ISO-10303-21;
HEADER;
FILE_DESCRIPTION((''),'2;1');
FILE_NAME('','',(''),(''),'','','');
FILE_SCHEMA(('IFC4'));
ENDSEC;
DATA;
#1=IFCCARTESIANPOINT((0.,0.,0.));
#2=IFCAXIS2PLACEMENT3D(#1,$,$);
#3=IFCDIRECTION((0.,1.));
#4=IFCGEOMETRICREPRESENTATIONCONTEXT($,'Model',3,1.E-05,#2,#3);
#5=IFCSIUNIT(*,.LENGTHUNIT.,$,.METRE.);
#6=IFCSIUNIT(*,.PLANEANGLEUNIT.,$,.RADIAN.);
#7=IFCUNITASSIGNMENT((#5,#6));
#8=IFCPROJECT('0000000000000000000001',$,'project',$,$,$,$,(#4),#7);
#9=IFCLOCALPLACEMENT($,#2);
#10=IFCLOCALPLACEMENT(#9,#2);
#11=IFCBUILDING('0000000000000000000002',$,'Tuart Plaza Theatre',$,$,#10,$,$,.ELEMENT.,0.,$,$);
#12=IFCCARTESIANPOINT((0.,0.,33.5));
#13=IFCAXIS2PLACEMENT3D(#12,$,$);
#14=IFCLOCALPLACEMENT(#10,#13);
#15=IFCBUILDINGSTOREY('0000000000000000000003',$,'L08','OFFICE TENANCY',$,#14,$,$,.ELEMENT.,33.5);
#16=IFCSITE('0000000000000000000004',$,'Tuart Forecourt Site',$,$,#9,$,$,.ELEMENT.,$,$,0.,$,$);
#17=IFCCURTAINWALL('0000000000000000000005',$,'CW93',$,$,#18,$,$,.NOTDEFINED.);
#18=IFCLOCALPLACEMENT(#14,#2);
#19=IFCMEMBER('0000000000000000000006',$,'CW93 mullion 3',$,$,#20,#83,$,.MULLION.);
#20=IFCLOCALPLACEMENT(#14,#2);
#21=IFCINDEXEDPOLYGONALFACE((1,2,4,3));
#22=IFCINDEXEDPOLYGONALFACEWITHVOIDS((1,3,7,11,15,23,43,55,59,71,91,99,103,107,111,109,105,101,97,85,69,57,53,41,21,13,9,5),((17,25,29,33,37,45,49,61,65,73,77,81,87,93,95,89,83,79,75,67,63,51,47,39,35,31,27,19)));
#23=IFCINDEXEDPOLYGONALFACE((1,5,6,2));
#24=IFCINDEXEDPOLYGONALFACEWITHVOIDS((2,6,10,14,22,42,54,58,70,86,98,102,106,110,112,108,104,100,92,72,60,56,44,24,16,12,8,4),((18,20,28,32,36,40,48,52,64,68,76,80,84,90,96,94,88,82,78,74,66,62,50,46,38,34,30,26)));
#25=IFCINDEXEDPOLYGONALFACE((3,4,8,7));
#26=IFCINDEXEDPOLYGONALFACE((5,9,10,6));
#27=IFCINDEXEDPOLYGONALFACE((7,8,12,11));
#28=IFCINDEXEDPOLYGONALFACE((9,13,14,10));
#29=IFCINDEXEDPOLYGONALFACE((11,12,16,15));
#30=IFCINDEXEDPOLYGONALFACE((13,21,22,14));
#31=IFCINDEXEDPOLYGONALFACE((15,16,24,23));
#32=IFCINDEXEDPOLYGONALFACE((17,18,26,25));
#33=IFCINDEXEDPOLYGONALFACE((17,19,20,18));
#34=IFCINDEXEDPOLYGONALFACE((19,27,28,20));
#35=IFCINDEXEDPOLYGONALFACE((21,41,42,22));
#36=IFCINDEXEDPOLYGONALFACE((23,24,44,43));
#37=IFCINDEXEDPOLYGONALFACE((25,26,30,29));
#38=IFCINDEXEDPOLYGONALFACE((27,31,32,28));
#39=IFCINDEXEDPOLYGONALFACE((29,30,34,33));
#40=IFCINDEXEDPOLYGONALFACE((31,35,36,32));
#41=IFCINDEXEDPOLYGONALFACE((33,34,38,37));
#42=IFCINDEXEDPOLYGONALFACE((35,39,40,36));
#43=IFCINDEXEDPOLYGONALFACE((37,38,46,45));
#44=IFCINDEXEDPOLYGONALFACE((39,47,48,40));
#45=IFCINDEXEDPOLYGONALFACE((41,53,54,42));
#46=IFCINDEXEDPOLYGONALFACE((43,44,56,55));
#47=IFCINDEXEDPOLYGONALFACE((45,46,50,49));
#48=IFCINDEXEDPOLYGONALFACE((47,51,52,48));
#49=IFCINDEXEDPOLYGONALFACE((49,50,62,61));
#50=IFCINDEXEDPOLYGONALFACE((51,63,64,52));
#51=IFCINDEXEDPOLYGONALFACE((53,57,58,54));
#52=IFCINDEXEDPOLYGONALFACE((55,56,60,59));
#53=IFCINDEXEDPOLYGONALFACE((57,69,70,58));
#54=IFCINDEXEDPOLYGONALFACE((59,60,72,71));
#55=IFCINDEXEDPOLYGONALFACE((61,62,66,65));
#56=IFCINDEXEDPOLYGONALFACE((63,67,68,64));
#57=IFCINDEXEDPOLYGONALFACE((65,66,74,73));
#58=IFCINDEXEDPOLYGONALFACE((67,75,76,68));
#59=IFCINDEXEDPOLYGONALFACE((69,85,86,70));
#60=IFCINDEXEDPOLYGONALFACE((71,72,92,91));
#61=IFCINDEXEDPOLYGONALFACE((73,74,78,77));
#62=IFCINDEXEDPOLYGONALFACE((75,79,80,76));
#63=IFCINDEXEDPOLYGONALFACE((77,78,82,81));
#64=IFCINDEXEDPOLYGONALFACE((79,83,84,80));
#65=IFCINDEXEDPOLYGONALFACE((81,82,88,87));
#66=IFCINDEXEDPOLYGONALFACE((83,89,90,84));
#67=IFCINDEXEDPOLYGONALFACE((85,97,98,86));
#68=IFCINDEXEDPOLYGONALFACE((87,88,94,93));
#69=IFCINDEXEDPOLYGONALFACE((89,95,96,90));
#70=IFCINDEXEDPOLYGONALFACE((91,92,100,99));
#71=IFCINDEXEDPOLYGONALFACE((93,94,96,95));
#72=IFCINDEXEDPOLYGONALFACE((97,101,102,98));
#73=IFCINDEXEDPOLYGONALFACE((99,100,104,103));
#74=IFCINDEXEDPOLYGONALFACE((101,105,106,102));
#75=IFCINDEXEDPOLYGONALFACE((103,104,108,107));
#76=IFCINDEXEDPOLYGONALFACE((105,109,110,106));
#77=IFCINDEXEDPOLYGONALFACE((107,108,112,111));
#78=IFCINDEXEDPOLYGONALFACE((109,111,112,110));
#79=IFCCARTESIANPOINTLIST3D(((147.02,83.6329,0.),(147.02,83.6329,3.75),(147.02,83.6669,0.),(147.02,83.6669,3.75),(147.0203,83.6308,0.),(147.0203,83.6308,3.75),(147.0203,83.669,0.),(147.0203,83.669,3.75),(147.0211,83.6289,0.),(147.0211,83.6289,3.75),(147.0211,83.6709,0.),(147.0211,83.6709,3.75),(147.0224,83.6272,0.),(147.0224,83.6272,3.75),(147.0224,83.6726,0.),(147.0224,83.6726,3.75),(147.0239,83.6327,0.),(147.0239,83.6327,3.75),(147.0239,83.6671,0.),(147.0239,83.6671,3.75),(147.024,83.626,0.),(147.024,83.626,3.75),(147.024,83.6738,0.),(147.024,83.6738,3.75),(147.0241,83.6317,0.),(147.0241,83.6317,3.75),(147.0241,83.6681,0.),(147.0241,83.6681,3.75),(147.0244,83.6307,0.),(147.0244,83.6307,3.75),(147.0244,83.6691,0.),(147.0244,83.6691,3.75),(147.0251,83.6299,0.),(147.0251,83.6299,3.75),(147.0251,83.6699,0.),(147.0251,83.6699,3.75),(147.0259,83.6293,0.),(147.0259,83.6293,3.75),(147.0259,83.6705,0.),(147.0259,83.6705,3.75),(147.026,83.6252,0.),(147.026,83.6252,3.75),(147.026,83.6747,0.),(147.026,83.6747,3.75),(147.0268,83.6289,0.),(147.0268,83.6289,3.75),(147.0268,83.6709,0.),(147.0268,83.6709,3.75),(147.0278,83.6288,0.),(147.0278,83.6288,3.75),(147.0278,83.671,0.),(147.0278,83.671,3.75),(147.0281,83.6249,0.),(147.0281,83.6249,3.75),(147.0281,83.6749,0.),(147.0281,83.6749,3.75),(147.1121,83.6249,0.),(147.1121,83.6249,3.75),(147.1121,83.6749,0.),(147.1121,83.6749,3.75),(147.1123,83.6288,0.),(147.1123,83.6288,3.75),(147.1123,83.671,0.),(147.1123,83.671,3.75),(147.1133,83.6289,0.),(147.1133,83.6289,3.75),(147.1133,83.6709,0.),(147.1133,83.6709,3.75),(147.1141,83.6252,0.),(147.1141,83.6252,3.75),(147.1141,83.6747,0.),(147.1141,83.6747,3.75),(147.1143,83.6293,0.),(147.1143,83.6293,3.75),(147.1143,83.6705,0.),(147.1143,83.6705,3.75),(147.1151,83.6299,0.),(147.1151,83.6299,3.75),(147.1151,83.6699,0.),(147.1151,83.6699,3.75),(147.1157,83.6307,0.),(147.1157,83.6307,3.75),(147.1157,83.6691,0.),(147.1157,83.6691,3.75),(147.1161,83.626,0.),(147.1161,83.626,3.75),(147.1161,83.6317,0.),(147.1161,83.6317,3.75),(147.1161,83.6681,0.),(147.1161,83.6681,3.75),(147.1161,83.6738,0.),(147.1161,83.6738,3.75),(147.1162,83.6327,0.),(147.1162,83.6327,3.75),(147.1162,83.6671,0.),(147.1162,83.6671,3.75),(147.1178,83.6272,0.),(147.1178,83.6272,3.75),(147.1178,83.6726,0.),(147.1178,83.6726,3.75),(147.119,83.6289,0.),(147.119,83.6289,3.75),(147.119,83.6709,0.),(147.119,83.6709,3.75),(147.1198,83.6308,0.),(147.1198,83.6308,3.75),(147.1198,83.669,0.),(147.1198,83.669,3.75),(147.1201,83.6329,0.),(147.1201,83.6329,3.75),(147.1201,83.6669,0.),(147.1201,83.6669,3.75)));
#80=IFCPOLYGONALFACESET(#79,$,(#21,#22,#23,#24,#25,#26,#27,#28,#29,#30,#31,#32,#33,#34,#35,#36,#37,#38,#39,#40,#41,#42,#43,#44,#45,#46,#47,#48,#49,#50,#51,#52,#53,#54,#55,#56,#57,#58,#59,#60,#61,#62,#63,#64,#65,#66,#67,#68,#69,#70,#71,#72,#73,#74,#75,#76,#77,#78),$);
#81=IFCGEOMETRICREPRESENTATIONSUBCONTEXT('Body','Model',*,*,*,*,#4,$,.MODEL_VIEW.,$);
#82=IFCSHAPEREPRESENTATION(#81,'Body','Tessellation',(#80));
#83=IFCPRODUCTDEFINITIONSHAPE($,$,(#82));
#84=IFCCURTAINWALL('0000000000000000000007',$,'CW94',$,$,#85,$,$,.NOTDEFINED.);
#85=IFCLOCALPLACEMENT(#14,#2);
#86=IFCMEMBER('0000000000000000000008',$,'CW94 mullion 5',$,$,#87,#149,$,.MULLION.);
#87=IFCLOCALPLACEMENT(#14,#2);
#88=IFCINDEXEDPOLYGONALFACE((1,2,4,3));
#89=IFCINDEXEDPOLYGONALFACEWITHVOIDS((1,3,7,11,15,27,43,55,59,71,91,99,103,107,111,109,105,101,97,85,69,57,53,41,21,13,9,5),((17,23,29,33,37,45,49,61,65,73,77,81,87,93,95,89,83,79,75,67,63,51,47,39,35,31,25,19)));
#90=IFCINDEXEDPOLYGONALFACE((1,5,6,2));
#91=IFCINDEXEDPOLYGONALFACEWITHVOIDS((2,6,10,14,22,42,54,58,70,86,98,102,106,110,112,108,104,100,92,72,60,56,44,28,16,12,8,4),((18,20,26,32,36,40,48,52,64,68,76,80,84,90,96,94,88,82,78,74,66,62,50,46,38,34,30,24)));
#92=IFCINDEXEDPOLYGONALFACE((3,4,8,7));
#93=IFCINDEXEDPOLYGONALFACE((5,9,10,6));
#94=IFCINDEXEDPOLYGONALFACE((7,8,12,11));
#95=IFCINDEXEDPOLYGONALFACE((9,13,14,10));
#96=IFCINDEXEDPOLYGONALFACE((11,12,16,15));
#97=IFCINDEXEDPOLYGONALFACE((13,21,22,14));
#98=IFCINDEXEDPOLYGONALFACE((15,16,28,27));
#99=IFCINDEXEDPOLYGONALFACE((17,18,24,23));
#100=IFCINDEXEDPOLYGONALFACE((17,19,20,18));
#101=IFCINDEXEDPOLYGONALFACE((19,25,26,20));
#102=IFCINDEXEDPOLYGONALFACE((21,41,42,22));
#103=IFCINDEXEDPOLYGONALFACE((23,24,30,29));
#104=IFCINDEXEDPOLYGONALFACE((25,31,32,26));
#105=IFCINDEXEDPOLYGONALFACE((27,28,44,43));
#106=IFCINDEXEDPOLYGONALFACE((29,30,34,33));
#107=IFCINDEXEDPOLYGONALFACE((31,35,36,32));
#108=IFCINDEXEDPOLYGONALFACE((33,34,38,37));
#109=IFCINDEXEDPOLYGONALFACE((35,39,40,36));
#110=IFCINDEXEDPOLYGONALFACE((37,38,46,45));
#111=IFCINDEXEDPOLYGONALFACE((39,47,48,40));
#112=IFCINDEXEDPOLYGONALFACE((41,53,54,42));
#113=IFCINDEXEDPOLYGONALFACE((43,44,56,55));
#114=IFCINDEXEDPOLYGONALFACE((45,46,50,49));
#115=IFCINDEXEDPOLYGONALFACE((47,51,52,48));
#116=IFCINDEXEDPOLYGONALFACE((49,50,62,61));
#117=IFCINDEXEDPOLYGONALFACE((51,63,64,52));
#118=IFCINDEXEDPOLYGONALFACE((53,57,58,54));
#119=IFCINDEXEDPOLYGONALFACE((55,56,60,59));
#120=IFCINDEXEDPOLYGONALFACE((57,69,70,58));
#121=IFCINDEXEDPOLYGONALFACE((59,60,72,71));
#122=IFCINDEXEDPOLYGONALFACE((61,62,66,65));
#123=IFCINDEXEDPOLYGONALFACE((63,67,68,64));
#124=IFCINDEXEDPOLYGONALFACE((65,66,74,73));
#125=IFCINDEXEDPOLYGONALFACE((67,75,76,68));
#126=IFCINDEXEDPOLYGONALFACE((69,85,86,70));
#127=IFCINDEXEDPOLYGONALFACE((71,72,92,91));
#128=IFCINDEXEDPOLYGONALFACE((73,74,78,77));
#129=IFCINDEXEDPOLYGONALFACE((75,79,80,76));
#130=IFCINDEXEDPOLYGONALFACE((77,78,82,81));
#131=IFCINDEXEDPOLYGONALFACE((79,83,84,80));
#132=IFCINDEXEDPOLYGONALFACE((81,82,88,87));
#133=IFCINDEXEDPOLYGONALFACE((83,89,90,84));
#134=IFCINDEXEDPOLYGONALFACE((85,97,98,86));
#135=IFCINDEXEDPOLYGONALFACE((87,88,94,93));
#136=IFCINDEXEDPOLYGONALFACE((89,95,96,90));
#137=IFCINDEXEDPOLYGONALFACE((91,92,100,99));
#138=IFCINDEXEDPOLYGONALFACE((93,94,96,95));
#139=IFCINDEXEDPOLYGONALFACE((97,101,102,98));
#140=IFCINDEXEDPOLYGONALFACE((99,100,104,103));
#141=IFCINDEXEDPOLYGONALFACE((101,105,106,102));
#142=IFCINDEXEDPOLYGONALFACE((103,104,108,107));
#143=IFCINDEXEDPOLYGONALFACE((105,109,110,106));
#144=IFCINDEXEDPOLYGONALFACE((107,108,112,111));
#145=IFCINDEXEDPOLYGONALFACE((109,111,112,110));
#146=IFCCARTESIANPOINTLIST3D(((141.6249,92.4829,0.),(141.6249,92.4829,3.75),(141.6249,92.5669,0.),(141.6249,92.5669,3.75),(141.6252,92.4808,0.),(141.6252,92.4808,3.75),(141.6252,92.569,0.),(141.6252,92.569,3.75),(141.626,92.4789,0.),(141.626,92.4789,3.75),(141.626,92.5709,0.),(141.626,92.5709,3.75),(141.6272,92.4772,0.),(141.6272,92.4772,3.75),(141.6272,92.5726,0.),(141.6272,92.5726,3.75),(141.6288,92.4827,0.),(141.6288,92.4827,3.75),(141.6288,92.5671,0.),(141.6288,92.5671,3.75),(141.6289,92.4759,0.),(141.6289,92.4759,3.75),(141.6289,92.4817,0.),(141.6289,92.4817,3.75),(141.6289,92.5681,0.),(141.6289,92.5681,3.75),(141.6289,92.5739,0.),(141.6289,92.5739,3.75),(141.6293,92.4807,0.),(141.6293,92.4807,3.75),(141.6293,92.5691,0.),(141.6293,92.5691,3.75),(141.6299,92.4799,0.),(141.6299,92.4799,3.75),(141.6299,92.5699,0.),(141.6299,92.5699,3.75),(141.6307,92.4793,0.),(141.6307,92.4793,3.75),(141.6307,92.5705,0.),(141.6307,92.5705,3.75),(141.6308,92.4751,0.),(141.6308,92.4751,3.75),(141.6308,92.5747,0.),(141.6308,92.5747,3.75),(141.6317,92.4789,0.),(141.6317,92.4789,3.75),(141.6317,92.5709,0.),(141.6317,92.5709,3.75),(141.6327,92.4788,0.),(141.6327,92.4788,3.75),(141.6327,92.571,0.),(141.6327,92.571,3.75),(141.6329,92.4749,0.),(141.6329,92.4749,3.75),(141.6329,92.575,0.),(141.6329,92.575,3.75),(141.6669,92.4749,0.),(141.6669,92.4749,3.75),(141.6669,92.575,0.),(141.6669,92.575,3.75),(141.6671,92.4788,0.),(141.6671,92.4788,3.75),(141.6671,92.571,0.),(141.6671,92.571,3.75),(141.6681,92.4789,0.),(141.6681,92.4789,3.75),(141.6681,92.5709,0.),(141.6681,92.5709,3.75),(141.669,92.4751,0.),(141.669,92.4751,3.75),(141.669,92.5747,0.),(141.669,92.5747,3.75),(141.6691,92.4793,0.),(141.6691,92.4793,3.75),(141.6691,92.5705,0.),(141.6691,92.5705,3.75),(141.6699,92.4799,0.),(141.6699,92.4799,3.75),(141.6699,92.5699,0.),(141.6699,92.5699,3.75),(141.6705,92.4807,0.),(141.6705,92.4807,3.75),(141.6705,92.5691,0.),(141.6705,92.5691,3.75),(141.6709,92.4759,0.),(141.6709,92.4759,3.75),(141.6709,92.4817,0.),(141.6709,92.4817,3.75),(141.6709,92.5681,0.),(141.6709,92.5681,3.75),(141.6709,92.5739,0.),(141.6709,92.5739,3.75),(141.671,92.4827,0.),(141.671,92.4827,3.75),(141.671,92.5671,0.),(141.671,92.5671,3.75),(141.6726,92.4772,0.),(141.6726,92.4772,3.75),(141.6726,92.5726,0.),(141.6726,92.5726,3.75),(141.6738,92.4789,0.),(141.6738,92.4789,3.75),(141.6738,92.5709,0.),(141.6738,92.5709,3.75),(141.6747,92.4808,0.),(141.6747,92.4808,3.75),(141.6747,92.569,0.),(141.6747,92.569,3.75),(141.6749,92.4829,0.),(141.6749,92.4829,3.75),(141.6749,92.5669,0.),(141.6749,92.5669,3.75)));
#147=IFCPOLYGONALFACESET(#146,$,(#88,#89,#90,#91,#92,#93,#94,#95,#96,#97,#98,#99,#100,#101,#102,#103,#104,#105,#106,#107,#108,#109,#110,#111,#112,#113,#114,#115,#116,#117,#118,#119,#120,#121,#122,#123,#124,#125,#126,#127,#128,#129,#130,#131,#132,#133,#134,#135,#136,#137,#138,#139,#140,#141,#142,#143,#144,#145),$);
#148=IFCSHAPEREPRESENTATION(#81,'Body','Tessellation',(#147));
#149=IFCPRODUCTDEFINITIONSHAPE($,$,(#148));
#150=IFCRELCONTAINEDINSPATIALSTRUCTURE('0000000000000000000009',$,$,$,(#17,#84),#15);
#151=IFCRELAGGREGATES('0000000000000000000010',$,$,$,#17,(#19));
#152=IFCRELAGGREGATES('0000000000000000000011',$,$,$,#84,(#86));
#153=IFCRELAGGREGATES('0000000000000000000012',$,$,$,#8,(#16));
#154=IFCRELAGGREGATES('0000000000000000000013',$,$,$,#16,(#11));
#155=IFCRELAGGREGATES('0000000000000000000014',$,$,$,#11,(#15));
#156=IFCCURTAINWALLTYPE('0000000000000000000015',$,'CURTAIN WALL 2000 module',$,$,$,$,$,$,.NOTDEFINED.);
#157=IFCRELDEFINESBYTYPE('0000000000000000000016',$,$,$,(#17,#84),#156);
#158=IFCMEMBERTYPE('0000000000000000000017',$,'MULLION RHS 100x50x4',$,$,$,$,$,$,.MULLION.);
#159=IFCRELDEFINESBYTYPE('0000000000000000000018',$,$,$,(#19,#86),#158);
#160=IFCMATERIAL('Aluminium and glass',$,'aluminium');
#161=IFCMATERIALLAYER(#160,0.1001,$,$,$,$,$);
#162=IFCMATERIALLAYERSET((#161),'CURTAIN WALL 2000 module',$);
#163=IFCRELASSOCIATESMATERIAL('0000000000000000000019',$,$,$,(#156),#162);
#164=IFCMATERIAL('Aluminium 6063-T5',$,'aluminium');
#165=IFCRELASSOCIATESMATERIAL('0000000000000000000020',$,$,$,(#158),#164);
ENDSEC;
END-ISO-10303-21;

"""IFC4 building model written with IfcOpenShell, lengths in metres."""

from ifc_helpers import new_model, si_unit, direction, frame, origin, origin_2d, place, context, subcontext, project, spatial, hollow_rectangle, extrude, material, layer, layer_set, material_profile, profile_set, type_object, element, aggregate, save


model = new_model("IFC4")

# Units and contexts
model_context = context("Model", 3, precision=1e-05, world=origin(), true_north=direction((0.0, 1.0)))
body_context = subcontext(model_context, "Body", "Model", "MODEL_VIEW")
ifc_project = project(units=[si_unit("LENGTHUNIT", "METRE"), si_unit("PLANEANGLEUNIT", "RADIAN")], contexts=[model_context])

# Site, building, storey
site_placement = place(None, origin())
site = spatial("IfcSite", under=ifc_project, at=site_placement, Name="Tuart Forecourt Site", CompositionType="ELEMENT", RefElevation=0.0)
building_placement = place(site_placement, origin())
building = spatial("IfcBuilding", under=site, at=building_placement, Name="Tuart Plaza Theatre", CompositionType="ELEMENT", ElevationOfRefHeight=0.0)
storey_placement = place(building_placement, frame((0.0, 0.0, 33.5)))
storey = spatial("IfcBuildingStorey", under=building, at=storey_placement, Name="L08", Description="OFFICE TENANCY", CompositionType="ELEMENT", Elevation=33.5)

# Curtain wall, member
ifc_material_1 = material(Name="Aluminium and glass", Category="aluminium")
ifc_layer_1 = layer(ifc_material_1, 0.1001)
ifc_layer_set_1 = layer_set([ifc_layer_1], Name="CURTAIN WALL 2000 module")
curtain_wall_type_1 = type_object("IfcCurtainWallType", Name="CURTAIN WALL 2000 module", PredefinedType="NOTDEFINED", material=ifc_layer_set_1)
curtain_wall_1_placement = place(storey_placement, origin())
curtain_wall_1 = element("IfcCurtainWall", 1, at=curtain_wall_1_placement, inside=storey, type_object=curtain_wall_type_1, Name="CW93", PredefinedType="NOTDEFINED")
ifc_material_2 = material(Name="Aluminium 6063-T5", Category="aluminium")
ifc_material_profile_1 = material_profile(ifc_material_2, hollow_rectangle(XDim=0.05, YDim=0.1001, WallThickness=0.0039, InnerFilletRadius=0.0039, OuterFilletRadius=0.0081, at=origin_2d()), Name="RHS 100x50x4")
ifc_profile_set_1 = profile_set([ifc_material_profile_1], Name="Aluminium 6063-T5")
member_type_1 = type_object("IfcMemberType", Name="MULLION RHS 100x50x4", PredefinedType="MULLION", material=ifc_profile_set_1)
member_1_placement = place(storey_placement, frame((147.0701, 83.6499, 0.0), z_axis=(0.0, 0.0, 1.0), x_axis=(0.0, -1.0, 0.0)))
member_1 = element("IfcMember", 2, at=member_1_placement, type_object=member_type_1, Name="CW93 mullion 3", PredefinedType="MULLION", context=body_context, shape_type="SweptSolid", body=[
    extrude(hollow_rectangle(XDim=0.05, YDim=0.1001, WallThickness=0.0039, InnerFilletRadius=0.0039, OuterFilletRadius=0.0081, at=origin_2d()), origin(), (0.0, 0.0, 1.0), 3.75),
])

# Curtain wall, member
curtain_wall_2_placement = place(storey_placement, origin())
curtain_wall_2 = element("IfcCurtainWall", 3, at=curtain_wall_2_placement, inside=storey, type_object=curtain_wall_type_1, Name="CW94", PredefinedType="NOTDEFINED")
member_2_placement = place(storey_placement, frame((141.6499, 92.5249, 0.0), z_axis=(0.0, 0.0, 1.0), x_axis=(-1.0, 0.0, 0.0)))
member_2 = element("IfcMember", 4, at=member_2_placement, type_object=member_type_1, Name="CW94 mullion 5", PredefinedType="MULLION", context=body_context, shape_type="SweptSolid", body=[
    extrude(hollow_rectangle(XDim=0.05, YDim=0.1001, WallThickness=0.0039, InnerFilletRadius=0.0039, OuterFilletRadius=0.0081, at=origin_2d()), origin(), (0.0, 0.0, 1.0), 3.75),
])

aggregate(curtain_wall_1, [member_1])
aggregate(curtain_wall_2, [member_2])

save(model, "model.ifc")
